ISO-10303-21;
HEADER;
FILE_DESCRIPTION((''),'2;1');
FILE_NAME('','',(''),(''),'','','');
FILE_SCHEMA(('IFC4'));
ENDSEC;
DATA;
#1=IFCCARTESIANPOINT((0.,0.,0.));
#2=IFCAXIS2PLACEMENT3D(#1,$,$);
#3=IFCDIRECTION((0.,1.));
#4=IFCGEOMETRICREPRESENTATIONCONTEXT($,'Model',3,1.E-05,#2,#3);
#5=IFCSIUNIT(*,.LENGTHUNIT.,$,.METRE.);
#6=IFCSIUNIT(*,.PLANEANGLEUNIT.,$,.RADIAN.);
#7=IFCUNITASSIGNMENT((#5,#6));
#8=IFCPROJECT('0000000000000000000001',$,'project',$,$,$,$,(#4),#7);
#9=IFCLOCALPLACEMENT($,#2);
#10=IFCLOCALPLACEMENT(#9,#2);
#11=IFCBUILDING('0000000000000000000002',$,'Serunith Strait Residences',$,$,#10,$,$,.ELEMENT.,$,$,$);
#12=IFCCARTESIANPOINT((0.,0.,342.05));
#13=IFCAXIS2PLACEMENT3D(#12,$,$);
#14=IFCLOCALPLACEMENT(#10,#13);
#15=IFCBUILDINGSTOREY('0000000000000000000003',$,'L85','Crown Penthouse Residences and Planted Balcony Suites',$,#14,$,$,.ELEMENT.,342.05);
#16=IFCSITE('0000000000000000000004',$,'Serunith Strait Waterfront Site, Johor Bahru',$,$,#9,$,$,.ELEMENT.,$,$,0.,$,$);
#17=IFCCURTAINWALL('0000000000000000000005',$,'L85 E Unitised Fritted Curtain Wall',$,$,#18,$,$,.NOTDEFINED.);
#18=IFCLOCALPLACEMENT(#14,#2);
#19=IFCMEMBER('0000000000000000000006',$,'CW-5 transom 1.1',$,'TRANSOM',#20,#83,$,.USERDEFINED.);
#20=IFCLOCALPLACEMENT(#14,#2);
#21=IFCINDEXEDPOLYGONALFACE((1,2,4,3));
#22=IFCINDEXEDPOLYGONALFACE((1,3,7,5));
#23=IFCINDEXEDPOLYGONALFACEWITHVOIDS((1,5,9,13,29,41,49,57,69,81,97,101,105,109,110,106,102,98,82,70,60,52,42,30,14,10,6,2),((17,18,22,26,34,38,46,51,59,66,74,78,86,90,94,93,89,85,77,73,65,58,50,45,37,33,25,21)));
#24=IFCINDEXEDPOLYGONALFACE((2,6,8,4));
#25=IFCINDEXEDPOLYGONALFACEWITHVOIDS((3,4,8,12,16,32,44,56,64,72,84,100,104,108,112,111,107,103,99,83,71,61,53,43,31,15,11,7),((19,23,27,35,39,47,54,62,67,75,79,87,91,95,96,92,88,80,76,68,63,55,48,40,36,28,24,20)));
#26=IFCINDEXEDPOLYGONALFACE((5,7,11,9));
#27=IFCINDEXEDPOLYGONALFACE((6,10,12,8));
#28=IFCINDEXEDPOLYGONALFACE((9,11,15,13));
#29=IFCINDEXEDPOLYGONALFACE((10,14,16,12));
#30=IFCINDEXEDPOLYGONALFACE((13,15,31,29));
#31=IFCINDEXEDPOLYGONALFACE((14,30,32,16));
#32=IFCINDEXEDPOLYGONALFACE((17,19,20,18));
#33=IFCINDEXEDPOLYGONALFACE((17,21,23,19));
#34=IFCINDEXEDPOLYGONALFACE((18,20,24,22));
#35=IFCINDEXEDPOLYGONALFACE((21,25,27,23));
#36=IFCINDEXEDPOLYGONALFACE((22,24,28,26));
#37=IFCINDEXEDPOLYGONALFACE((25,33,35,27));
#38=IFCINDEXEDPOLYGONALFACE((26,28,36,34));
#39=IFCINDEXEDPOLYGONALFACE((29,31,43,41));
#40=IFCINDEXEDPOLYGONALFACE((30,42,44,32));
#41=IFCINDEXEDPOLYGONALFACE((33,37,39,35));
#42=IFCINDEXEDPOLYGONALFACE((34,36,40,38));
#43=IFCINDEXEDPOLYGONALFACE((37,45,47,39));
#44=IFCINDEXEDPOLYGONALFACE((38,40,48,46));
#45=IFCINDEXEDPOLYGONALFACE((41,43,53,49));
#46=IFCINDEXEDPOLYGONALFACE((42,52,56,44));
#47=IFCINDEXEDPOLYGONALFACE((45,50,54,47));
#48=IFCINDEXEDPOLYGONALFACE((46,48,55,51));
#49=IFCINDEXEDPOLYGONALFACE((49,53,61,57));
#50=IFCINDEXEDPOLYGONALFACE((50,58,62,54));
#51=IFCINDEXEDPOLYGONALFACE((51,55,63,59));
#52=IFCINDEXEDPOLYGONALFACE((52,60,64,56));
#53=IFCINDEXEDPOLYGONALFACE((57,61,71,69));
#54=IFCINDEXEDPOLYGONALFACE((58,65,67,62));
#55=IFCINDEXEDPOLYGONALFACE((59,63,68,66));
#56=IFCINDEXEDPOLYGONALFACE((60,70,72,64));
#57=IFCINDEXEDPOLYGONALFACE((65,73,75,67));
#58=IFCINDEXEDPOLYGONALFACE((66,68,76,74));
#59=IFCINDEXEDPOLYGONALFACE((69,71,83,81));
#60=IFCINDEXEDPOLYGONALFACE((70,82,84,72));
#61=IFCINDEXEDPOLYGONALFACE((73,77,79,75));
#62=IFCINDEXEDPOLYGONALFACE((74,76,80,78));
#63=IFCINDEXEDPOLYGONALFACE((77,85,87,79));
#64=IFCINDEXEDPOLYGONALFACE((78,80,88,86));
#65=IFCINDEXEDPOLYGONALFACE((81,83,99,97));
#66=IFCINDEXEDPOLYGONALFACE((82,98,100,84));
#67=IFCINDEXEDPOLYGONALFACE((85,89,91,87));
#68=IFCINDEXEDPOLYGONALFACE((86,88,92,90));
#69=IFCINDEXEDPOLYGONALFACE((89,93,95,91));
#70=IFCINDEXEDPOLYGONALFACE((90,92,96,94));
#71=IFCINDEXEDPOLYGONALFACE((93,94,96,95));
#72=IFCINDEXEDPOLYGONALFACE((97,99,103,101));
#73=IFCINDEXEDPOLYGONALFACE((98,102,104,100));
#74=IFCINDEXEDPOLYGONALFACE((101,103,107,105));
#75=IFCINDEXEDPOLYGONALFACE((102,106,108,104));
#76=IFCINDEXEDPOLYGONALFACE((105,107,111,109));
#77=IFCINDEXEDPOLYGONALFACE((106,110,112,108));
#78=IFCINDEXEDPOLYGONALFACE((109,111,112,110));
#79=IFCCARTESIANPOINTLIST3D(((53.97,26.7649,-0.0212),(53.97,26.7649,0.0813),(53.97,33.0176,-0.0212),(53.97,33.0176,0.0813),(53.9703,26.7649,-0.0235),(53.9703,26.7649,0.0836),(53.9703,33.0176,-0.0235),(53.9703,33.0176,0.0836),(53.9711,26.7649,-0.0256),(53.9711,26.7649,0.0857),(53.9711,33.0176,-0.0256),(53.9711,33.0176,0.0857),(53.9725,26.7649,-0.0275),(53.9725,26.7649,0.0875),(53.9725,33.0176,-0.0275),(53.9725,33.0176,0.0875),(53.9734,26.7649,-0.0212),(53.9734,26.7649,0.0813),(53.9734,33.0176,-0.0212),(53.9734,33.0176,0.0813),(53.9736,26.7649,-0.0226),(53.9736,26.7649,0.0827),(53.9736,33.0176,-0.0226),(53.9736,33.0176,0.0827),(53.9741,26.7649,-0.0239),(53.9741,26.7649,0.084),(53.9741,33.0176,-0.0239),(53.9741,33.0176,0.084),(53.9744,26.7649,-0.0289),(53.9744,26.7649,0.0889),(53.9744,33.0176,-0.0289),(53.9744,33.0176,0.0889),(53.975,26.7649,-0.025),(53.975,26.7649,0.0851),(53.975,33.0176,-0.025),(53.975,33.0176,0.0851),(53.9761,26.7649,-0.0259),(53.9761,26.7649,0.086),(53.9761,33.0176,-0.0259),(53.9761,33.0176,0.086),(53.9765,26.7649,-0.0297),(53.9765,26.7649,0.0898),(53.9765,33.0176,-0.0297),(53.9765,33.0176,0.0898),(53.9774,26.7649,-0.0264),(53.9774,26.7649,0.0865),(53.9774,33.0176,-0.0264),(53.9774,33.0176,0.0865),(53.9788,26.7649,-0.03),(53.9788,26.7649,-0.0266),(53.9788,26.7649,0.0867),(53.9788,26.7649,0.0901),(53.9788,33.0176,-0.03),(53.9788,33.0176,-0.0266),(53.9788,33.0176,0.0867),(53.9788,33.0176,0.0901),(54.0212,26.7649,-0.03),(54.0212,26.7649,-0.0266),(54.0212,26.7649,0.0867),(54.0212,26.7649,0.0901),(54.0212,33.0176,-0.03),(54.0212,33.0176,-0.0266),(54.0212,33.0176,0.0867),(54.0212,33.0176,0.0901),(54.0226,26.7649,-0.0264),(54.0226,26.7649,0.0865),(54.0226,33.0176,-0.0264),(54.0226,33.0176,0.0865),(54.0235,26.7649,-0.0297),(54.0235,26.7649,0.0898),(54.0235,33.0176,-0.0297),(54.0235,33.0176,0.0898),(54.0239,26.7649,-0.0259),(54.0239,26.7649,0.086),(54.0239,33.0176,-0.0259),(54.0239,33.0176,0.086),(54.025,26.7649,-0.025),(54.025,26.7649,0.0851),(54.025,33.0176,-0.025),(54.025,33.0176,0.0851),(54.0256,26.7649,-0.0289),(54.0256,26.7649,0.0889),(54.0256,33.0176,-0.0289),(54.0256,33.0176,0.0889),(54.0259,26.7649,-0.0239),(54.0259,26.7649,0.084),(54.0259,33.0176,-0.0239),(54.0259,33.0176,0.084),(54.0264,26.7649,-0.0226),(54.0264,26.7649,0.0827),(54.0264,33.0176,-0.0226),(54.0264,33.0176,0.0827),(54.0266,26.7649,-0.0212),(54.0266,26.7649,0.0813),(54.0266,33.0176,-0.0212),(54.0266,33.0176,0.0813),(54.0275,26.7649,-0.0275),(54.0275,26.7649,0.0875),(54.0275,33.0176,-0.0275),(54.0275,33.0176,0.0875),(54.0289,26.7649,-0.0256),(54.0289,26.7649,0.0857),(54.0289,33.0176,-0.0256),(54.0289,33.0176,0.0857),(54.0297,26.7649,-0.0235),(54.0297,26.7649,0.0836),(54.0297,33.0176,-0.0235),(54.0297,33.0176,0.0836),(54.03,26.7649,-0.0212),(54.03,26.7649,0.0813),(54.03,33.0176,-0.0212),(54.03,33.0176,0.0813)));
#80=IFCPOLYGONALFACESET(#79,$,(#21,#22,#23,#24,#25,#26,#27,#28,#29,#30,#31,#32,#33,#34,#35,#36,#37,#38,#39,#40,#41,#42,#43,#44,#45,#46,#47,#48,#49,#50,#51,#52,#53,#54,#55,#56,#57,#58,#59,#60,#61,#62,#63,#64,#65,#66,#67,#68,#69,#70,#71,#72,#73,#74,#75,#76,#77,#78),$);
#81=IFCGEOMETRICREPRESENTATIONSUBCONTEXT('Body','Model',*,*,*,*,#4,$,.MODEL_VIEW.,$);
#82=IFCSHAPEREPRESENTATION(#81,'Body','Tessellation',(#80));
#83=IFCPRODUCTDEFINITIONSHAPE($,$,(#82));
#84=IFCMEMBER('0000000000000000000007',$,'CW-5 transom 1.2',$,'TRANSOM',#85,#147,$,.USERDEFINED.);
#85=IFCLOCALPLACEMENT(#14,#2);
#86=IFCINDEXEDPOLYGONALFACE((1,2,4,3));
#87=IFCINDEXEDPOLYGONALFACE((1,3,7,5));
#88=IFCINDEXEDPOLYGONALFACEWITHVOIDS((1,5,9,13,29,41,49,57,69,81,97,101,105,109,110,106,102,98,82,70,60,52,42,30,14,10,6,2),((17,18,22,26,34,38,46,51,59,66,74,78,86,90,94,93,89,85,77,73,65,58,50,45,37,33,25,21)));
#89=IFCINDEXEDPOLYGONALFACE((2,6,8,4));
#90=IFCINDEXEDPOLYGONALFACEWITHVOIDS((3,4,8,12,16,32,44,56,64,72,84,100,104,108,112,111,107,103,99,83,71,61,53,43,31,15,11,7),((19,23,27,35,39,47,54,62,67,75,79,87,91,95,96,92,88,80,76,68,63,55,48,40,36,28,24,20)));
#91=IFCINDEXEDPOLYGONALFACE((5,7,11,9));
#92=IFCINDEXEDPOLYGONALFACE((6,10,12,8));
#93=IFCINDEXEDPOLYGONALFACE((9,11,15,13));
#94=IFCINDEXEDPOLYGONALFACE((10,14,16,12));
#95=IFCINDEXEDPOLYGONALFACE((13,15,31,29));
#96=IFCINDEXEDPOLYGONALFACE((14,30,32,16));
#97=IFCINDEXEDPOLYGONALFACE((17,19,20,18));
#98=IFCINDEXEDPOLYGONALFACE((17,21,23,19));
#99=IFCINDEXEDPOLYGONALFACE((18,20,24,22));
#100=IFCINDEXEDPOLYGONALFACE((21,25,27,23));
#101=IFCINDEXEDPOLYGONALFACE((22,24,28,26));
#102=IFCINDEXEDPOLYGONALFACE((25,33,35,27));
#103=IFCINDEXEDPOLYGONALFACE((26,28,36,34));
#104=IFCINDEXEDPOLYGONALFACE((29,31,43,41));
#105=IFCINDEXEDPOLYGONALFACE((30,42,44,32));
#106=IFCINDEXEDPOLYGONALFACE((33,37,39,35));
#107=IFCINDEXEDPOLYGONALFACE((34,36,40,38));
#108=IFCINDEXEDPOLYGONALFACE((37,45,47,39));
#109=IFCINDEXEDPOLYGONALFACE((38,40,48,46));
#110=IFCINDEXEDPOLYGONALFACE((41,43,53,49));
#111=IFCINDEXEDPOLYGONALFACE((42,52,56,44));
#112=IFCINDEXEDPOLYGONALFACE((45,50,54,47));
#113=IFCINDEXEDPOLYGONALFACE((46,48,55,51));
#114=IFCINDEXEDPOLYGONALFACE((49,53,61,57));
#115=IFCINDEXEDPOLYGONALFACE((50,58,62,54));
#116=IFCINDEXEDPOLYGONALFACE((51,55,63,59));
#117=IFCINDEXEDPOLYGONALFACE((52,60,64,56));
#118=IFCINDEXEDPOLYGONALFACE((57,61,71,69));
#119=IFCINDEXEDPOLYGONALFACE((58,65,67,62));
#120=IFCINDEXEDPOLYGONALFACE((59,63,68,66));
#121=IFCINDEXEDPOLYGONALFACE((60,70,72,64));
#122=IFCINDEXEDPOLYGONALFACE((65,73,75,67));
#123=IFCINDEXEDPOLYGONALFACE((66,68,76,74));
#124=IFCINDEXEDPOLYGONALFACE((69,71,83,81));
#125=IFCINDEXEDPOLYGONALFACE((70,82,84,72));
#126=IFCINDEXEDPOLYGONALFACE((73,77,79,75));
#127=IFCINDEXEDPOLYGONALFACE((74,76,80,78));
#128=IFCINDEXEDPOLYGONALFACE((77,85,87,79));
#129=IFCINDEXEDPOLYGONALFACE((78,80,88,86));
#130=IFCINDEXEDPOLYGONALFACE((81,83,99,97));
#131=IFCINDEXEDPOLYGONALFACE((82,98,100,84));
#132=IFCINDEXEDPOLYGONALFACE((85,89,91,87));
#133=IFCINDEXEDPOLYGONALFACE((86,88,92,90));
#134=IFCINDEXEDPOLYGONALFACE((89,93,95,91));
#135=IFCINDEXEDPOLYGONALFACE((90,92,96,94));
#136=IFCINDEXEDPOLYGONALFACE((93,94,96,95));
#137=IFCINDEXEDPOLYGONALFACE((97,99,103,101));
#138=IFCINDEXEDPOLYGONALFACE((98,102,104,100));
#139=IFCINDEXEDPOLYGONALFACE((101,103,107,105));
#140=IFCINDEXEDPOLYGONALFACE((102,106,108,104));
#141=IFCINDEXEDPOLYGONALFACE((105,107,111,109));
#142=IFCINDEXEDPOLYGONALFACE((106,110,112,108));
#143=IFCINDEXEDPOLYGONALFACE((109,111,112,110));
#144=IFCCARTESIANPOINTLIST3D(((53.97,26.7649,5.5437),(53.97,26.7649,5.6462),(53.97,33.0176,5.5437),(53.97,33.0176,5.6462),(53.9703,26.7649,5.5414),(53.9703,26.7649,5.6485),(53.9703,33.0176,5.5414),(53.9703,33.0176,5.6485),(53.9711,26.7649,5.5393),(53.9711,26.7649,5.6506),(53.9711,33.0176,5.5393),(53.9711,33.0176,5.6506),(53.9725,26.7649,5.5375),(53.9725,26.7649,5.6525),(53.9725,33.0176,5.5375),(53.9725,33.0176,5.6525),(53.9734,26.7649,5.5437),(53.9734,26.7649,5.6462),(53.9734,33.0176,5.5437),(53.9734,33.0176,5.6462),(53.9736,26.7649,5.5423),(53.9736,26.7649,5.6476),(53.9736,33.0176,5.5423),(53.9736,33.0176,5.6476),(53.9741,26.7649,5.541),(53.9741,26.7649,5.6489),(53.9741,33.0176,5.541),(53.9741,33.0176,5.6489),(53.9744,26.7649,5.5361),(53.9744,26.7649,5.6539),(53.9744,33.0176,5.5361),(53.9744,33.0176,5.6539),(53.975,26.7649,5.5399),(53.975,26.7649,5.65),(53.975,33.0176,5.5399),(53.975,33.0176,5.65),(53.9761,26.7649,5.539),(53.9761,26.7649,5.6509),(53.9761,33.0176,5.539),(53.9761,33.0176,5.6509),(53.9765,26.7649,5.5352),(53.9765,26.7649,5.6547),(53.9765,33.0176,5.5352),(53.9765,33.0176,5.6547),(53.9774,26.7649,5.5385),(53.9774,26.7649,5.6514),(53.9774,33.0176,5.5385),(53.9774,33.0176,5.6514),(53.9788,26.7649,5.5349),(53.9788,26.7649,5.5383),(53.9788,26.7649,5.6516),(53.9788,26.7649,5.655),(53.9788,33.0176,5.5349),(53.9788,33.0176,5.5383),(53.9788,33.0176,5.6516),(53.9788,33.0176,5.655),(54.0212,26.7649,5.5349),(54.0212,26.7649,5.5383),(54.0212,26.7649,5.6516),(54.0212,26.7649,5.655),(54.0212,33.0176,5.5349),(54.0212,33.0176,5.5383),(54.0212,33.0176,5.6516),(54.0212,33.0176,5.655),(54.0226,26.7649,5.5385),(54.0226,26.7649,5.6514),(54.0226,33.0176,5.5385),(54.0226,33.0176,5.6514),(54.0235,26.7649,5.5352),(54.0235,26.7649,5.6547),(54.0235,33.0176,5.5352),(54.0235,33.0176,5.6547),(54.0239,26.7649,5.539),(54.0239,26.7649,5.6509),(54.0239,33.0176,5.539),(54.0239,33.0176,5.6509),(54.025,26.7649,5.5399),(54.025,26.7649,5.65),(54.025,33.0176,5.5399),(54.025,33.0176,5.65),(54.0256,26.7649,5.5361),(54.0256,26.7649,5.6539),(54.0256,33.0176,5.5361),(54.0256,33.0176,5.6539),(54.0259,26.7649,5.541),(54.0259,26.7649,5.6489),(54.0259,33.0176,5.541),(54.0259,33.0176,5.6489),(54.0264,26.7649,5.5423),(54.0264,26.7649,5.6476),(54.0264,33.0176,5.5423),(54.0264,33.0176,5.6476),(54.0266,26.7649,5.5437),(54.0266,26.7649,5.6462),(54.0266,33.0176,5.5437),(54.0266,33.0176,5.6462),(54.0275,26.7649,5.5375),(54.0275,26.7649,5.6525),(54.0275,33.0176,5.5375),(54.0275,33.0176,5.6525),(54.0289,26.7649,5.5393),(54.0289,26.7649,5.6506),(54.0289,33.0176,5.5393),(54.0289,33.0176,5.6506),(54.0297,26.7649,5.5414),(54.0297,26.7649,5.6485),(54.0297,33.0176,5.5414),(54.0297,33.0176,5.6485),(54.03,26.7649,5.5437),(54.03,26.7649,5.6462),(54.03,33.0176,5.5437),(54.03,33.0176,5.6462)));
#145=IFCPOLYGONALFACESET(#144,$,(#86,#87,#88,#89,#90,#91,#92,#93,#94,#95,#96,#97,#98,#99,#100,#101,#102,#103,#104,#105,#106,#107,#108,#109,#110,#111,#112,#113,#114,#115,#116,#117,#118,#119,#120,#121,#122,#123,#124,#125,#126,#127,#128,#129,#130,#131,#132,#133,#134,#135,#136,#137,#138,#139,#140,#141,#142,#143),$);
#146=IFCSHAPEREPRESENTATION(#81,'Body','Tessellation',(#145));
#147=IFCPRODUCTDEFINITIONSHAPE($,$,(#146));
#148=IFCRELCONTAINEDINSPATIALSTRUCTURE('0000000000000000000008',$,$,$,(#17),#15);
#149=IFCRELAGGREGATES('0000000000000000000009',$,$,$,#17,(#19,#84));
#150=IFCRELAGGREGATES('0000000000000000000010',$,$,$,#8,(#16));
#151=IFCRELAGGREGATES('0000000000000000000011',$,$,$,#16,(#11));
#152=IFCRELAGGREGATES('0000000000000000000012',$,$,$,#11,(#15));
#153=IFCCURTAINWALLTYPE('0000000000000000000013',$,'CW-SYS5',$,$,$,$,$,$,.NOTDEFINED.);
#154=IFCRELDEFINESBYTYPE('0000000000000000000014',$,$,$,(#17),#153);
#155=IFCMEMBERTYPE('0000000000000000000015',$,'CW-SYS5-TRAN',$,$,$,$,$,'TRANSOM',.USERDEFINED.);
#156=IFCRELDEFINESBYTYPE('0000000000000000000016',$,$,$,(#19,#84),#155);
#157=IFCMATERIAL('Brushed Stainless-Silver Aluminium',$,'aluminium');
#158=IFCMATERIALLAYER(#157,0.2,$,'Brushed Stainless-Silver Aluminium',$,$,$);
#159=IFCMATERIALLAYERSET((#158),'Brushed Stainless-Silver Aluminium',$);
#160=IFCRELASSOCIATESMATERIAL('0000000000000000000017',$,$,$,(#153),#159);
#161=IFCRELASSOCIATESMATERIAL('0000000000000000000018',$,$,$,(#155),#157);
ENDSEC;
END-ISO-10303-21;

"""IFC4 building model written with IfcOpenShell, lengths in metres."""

from ifc_helpers import new_model, si_unit, direction, frame, origin, origin_2d, place, context, subcontext, project, spatial, hollow_rectangle, extrude, source, transform, mapped, material, layer, layer_set, material_profile, profile_set, type_object, element, aggregate, save


model = new_model("IFC4")

# Units and contexts
model_context = context("Model", 3, precision=1e-05, world=origin(), true_north=direction((0.0, 1.0)))
body_context = subcontext(model_context, "Body", "Model", "MODEL_VIEW")
ifc_project = project(units=[si_unit("LENGTHUNIT", "METRE"), si_unit("PLANEANGLEUNIT", "RADIAN")], contexts=[model_context])

# Site, building, storey
site_placement = place(None, origin())
site = spatial("IfcSite", under=ifc_project, at=site_placement, Name="Serunith Strait Waterfront Site, Johor Bahru", CompositionType="ELEMENT", RefElevation=0.0)
building_placement = place(site_placement, origin())
building = spatial("IfcBuilding", under=site, at=building_placement, Name="Serunith Strait Residences", CompositionType="ELEMENT")
storey_placement = place(building_placement, frame((0.0, 0.0, 342.05)))
storey = spatial("IfcBuildingStorey", under=building, at=storey_placement, Name="L85", Description="Crown Penthouse Residences and Planted Balcony Suites", CompositionType="ELEMENT", Elevation=342.05)

# Curtain wall, members
ifc_material_1 = material(Name="Brushed Stainless-Silver Aluminium", Category="aluminium")
ifc_layer_1 = layer(ifc_material_1, 0.2, Name="Brushed Stainless-Silver Aluminium")
ifc_layer_set_1 = layer_set([ifc_layer_1], Name="Brushed Stainless-Silver Aluminium")
curtain_wall_type = type_object("IfcCurtainWallType", Name="CW-SYS5", PredefinedType="NOTDEFINED", material=ifc_layer_set_1)
curtain_wall_placement = place(storey_placement, origin())
curtain_wall = element("IfcCurtainWall", 1, at=curtain_wall_placement, inside=storey, type_object=curtain_wall_type, Name="L85 E Unitised Fritted Curtain Wall", PredefinedType="NOTDEFINED")
ifc_material_profile_1 = material_profile(ifc_material_1, hollow_rectangle(XDim=0.0601, YDim=0.1201, WallThickness=0.0034, InnerFilletRadius=0.0054, OuterFilletRadius=0.0088, at=origin_2d()), Name="ALU 120x60x3.5")
ifc_profile_set_1 = profile_set([ifc_material_profile_1], Name="Brushed Stainless-Silver Aluminium")
member_type_1 = type_object("IfcMemberType", Name="CW-SYS5-TRAN", ElementType="TRANSOM", PredefinedType="USERDEFINED", material=ifc_profile_set_1)
shared_shape_1 = source(origin(), body_context, "Body", "SweptSolid", [
    extrude(hollow_rectangle(XDim=0.0601, YDim=0.1201, WallThickness=0.0034, InnerFilletRadius=0.0054, OuterFilletRadius=0.0088, at=origin_2d()), origin(), (0.0, 0.0, 1.0), 6.2527),
])
member_1_placement = place(storey_placement, frame((54.0, 26.7649, 0.03), z_axis=(0.0, 1.0, 0.0), x_axis=(-1.0, 0.0, 0.0)))
member_1 = element("IfcMember", 2, at=member_1_placement, type_object=member_type_1, Name="CW-5 transom 1.1", ObjectType="TRANSOM", PredefinedType="USERDEFINED", context=body_context, shape_type="MappedRepresentation", body=[
    mapped(shared_shape_1, transform((0.0, 0.0, 0.0), scale=1.0)),
])
member_2_placement = place(storey_placement, frame((54.0, 26.7649, 5.595), z_axis=(0.0, 1.0, 0.0), x_axis=(-1.0, 0.0, 0.0)))
member_2 = element("IfcMember", 3, at=member_2_placement, type_object=member_type_1, Name="CW-5 transom 1.2", ObjectType="TRANSOM", PredefinedType="USERDEFINED", context=body_context, shape_type="MappedRepresentation", body=[
    mapped(shared_shape_1, transform((0.0, 0.0, 0.0), scale=1.0)),
])
aggregate(curtain_wall, [member_1, member_2])

save(model, "model.ifc")
